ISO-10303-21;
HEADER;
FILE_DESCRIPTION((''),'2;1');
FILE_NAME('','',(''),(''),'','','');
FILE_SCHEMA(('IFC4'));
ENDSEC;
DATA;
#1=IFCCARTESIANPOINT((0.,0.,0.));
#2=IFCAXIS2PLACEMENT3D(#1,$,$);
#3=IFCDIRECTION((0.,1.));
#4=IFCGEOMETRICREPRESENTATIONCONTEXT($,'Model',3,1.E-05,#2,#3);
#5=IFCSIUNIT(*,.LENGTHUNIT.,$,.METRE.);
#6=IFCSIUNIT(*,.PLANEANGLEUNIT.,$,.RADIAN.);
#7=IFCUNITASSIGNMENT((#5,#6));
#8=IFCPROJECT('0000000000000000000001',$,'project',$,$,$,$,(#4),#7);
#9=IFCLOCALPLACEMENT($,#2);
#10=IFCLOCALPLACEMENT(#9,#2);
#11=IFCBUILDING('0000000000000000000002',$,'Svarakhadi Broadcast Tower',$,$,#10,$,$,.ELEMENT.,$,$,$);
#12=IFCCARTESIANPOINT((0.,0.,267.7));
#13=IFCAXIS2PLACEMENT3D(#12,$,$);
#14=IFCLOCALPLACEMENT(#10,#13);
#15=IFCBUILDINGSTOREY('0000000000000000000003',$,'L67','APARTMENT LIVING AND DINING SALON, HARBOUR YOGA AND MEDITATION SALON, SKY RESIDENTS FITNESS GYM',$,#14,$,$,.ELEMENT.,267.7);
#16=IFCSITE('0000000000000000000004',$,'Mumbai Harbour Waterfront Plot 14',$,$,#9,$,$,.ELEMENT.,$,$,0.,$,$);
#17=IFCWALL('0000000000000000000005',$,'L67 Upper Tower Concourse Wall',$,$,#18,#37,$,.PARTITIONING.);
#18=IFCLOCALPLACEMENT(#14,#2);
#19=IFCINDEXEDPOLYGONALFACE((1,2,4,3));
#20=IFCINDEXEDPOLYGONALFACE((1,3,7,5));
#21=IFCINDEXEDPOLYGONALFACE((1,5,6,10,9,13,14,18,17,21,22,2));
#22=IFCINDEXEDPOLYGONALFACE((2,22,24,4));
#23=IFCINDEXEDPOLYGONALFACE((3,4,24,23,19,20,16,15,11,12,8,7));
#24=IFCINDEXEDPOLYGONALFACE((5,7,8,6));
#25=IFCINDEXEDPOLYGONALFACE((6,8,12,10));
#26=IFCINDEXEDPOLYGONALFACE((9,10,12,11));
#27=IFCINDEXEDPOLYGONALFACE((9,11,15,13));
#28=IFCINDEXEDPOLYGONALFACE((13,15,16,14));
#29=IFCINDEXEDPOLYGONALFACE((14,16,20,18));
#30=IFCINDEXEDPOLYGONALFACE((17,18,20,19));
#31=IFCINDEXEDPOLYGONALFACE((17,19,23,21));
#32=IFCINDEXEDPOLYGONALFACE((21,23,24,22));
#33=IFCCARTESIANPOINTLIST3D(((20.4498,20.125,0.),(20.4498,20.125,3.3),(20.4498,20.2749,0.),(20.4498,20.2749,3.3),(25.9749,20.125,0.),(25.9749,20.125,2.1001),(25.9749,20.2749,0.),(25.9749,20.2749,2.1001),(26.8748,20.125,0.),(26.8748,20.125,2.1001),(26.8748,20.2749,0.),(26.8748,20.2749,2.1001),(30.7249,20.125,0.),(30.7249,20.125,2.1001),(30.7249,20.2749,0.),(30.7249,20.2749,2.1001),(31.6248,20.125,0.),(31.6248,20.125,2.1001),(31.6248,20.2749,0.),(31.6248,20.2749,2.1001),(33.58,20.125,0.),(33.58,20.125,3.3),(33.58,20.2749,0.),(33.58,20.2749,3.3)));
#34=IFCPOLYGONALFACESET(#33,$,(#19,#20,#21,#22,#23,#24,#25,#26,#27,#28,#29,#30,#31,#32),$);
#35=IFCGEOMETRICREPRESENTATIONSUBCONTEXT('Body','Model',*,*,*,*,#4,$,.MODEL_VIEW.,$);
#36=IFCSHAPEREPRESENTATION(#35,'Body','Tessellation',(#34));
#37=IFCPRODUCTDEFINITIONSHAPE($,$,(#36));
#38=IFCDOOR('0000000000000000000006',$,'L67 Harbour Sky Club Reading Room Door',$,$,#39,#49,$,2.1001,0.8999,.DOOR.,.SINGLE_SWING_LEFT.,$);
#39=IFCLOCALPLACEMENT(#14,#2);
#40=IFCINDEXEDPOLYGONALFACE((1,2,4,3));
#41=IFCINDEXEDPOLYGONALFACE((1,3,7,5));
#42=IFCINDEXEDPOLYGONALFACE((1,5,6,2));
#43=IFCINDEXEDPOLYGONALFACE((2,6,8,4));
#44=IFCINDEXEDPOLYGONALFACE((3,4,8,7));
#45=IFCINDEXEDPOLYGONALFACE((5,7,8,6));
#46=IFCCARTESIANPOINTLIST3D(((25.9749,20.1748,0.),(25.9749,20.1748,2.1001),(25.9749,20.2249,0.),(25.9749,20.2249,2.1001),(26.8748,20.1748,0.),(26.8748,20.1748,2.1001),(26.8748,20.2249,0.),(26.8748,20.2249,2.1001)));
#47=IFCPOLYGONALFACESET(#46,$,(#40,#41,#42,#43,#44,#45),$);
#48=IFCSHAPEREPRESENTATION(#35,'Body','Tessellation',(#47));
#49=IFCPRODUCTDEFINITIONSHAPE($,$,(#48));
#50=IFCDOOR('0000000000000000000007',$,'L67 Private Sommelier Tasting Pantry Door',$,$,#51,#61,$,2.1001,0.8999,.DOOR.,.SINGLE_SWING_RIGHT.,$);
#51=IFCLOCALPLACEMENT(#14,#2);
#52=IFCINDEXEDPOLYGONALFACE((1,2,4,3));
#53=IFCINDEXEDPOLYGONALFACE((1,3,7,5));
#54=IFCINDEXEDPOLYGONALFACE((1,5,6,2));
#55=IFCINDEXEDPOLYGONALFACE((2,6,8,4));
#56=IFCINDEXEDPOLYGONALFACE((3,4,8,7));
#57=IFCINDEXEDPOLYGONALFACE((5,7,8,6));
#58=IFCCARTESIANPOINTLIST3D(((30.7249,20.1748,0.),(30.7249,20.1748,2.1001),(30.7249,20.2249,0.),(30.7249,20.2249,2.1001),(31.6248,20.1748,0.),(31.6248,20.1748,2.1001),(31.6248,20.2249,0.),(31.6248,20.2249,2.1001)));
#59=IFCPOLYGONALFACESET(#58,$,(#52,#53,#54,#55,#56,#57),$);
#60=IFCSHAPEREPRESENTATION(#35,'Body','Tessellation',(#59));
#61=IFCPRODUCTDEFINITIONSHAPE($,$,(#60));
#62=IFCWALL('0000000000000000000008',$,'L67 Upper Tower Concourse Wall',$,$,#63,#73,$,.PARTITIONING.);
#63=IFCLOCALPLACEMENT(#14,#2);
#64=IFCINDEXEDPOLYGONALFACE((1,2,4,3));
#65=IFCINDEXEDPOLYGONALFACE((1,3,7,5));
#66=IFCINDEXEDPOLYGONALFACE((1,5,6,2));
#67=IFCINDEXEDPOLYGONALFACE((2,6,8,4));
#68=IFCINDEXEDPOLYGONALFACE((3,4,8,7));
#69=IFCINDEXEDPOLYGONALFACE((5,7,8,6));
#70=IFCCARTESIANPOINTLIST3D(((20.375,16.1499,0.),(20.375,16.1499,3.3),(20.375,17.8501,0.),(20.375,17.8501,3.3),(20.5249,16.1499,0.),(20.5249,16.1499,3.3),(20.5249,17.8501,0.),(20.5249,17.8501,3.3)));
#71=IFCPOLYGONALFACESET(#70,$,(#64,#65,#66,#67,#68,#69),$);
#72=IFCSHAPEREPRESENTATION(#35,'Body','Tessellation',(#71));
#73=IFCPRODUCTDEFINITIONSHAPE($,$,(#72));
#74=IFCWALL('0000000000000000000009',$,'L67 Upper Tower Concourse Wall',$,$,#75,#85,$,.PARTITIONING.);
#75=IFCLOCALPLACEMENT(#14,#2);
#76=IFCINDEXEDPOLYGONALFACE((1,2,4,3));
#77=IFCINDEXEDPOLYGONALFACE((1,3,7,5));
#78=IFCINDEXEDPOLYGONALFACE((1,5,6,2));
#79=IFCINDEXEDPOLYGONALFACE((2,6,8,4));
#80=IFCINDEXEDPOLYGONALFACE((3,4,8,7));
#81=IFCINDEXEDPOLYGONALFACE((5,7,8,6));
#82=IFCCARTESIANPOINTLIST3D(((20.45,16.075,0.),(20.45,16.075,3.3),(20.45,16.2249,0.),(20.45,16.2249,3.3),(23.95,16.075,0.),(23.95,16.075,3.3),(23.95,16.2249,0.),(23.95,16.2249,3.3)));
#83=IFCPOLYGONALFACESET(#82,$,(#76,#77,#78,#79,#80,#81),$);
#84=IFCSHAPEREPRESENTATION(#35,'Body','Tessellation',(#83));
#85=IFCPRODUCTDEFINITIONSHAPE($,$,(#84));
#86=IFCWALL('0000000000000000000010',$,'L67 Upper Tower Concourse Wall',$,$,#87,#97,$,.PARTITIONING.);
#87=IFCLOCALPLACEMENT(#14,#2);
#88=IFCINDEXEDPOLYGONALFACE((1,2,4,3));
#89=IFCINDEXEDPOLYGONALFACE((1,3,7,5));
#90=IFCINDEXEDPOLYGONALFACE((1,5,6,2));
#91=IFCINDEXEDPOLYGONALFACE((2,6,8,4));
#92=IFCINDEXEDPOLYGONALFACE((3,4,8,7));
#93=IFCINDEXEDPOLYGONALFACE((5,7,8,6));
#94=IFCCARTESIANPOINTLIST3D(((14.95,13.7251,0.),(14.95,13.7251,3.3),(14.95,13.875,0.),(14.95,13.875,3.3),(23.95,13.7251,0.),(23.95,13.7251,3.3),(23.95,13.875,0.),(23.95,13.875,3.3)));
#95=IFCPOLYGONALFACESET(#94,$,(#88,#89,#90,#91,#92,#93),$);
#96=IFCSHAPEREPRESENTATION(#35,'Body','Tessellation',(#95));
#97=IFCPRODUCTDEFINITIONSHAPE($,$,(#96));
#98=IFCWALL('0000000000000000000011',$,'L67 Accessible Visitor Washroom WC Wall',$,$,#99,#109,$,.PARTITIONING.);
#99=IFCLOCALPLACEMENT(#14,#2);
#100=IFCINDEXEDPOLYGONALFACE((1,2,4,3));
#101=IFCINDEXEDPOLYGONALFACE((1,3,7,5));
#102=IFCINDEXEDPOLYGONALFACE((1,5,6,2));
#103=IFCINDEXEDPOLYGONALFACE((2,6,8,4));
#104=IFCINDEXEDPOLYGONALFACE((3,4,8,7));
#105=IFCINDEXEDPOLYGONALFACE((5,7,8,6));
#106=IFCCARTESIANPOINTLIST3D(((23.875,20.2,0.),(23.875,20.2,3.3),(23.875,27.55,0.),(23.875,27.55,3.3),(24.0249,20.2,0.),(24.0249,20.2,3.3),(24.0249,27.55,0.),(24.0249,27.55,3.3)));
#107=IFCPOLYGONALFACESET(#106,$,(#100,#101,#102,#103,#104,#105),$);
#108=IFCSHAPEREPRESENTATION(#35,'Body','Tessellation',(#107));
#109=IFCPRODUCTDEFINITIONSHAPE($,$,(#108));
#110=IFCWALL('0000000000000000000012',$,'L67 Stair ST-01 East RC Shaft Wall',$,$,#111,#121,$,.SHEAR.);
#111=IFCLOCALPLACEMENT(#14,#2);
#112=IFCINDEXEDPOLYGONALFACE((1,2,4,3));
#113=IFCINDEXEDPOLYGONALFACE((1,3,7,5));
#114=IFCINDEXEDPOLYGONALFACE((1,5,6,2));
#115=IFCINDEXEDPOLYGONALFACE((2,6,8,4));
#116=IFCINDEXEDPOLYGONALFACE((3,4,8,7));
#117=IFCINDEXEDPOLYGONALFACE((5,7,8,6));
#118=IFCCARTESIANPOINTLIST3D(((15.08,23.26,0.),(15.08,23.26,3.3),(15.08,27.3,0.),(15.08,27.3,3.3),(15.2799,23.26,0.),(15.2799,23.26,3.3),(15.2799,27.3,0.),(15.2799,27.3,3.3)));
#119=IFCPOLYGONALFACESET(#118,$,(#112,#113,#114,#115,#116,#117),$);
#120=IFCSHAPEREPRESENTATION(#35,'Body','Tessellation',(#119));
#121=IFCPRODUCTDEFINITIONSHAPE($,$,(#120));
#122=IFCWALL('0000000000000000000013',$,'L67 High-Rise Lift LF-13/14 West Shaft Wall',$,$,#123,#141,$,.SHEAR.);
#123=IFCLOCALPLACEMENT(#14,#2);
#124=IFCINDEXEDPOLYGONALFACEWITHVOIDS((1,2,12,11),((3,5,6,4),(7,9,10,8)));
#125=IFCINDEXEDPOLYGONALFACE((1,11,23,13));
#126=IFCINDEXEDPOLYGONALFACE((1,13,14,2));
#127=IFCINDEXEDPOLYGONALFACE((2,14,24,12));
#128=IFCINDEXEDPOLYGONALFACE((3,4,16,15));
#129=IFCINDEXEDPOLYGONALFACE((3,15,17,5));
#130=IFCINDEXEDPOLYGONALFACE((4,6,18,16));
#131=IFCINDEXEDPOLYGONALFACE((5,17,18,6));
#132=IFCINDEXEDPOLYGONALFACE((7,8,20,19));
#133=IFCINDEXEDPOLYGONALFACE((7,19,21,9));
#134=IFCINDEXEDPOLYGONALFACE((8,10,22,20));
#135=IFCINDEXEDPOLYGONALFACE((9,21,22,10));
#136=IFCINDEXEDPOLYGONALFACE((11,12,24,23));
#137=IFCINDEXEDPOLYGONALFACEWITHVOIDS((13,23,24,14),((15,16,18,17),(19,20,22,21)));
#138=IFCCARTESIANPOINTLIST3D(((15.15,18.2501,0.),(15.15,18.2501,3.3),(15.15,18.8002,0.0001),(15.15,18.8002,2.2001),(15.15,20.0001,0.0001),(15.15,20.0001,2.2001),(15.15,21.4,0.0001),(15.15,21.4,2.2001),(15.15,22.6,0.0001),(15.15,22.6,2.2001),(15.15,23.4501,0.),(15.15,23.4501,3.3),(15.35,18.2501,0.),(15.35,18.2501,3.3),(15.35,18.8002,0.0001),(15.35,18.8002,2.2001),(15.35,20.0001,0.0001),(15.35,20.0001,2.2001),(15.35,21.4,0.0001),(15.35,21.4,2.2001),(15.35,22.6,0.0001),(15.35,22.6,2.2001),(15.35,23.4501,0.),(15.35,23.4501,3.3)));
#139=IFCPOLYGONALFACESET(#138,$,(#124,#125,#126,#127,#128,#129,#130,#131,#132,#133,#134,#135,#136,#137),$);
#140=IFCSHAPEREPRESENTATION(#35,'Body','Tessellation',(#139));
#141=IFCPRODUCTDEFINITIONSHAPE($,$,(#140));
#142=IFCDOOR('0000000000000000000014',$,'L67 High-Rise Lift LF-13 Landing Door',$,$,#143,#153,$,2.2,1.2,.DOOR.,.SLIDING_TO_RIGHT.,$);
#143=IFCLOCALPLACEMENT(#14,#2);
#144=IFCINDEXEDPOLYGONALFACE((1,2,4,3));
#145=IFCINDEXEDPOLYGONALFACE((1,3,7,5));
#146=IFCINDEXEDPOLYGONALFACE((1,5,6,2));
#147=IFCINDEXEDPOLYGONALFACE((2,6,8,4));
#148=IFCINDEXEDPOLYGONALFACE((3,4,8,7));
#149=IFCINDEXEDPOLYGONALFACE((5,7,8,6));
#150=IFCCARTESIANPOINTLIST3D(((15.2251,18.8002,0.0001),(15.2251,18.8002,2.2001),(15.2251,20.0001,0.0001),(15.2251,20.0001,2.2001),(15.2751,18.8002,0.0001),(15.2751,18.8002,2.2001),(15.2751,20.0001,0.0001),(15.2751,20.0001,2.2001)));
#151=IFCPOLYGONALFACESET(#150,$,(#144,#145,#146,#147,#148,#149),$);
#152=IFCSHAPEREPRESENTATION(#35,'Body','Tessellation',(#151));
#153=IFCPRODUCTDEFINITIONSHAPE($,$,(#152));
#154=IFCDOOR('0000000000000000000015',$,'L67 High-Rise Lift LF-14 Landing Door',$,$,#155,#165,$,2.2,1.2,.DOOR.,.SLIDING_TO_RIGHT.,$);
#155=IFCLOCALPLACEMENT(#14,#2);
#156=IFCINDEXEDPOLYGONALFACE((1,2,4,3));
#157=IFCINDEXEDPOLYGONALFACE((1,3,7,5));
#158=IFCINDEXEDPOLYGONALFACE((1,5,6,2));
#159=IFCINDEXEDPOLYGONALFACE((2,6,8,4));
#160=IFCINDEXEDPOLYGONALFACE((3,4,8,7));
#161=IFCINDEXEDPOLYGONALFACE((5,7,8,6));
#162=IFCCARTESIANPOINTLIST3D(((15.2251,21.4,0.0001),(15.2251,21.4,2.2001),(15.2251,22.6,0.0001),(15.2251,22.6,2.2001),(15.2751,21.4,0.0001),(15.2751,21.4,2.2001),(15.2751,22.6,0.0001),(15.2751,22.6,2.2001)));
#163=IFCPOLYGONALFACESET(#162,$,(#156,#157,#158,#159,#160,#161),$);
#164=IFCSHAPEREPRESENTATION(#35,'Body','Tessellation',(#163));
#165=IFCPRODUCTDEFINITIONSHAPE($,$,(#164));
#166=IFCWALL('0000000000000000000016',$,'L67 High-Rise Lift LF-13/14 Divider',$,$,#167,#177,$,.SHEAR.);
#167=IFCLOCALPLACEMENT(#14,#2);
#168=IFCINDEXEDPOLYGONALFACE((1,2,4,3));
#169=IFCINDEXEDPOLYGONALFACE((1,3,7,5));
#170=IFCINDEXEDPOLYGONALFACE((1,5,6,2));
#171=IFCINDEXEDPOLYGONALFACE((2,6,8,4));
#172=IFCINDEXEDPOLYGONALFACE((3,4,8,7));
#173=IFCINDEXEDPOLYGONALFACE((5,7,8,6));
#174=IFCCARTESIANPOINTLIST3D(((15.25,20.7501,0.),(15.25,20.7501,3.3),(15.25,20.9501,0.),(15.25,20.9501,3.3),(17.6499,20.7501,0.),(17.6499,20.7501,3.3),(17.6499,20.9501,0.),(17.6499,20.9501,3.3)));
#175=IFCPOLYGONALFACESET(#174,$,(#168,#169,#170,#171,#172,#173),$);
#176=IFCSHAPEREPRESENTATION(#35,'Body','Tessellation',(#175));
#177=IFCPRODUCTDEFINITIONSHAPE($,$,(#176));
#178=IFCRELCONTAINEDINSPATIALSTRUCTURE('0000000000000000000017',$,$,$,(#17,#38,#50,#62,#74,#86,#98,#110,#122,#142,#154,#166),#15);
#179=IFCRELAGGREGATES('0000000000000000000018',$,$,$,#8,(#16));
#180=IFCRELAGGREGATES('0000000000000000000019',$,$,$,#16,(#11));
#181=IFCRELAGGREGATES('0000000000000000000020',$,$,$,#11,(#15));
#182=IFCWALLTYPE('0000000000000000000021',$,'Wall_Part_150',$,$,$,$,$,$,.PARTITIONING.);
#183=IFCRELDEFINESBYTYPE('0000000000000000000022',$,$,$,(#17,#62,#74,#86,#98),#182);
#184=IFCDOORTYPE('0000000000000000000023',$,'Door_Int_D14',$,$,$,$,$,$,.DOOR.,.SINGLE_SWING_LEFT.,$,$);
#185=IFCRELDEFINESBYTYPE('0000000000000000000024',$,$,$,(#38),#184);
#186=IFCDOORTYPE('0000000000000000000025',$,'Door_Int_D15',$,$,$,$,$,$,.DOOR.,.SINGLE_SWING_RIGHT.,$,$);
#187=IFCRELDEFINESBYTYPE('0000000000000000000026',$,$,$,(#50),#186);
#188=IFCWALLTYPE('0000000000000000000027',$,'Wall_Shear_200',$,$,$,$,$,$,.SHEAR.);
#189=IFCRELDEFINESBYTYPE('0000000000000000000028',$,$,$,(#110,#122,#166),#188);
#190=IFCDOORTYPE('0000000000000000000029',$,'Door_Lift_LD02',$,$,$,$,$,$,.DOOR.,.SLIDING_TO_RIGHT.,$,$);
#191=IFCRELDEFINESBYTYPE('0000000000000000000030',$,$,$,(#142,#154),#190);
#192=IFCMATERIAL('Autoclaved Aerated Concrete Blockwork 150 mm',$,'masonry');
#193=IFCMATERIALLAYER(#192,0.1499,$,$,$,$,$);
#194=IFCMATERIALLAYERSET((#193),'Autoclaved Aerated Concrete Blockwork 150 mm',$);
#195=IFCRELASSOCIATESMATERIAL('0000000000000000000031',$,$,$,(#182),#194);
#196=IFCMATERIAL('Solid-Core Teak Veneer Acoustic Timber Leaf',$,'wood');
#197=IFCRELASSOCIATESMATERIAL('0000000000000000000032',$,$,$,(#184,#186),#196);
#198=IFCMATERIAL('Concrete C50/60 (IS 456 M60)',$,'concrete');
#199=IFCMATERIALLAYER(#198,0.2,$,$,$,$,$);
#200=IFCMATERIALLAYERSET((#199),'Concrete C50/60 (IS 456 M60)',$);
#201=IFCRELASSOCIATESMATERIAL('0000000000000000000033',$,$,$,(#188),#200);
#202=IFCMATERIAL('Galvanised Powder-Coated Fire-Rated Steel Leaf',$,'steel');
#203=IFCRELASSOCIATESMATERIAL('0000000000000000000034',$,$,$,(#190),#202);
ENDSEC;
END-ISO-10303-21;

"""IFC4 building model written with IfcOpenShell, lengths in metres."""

from ifc_helpers import new_model, si_unit, direction, frame, frame_2d, origin, place, context, subcontext, project, spatial, rectangle, extrude, material, layer, layer_set, type_object, element, fill, save


model = new_model("IFC4")

# Units and contexts
model_context = context("Model", 3, precision=1e-05, world=origin(), true_north=direction((0.0, 1.0)))
body_context = subcontext(model_context, "Body", "Model", "MODEL_VIEW")
ifc_project = project(units=[si_unit("LENGTHUNIT", "METRE"), si_unit("PLANEANGLEUNIT", "RADIAN")], contexts=[model_context])

# Site, building, storey
site_placement = place(None, origin())
site = spatial("IfcSite", under=ifc_project, at=site_placement, Name="Mumbai Harbour Waterfront Plot 14", CompositionType="ELEMENT", RefElevation=0.0)
building_placement = place(site_placement, origin())
building = spatial("IfcBuilding", under=site, at=building_placement, Name="Svarakhadi Broadcast Tower", CompositionType="ELEMENT")
storey_placement = place(building_placement, frame((0.0, 0.0, 267.7)))
storey = spatial("IfcBuildingStorey", under=building, at=storey_placement, Name="L67", Description="APARTMENT LIVING AND DINING SALON, HARBOUR YOGA AND MEDITATION SALON, SKY RESIDENTS FITNESS GYM", CompositionType="ELEMENT", Elevation=267.7)

# Shared definitions
ifc_material_1 = material(Name="Concrete C50/60 (IS 456 M60)", Category="concrete")

# Shared definitions
ifc_material_2 = material(Name="Autoclaved Aerated Concrete Blockwork 150 mm", Category="masonry")
ifc_layer_1 = layer(ifc_material_2, 0.1499)
ifc_layer_set_1 = layer_set([ifc_layer_1], Name="Autoclaved Aerated Concrete Blockwork 150 mm")
wall_type_1 = type_object("IfcWallType", Name="Wall_Part_150", PredefinedType="PARTITIONING", material=ifc_layer_set_1)
ifc_material_3 = material(Name="Galvanised Powder-Coated Fire-Rated Steel Leaf", Category="steel")

# Wall, openings, doors
wall_1_placement = place(storey_placement, frame((20.45, 20.2, 0.0), z_axis=(0.0, 0.0, 1.0), x_axis=(1.0, 0.0, 0.0)))
wall_1 = element("IfcWall", 1, at=wall_1_placement, inside=storey, type_object=wall_type_1, Name="L67 Upper Tower Concourse Wall", PredefinedType="PARTITIONING", context=body_context, shape_type="SweptSolid", body=[
    extrude(rectangle(XDim=13.1301, YDim=0.1499, at=frame_2d((6.5649, 0.0))), origin(), (0.0, 0.0, 1.0), 3.3),
])
opening_1_placement = place(wall_1_placement, frame((5.5249, 0.0, 0.0)))
opening_1 = element("IfcOpeningElement", 2, at=opening_1_placement, cuts=wall_1, PredefinedType="OPENING", context=body_context, shape_type="SweptSolid", body=[
    extrude(rectangle(XDim=0.8999, YDim=2.1001, at=frame_2d((0.45, 1.05))), frame((0.0, 0.085, 0.0), z_axis=(0.0, -1.0, 0.0), x_axis=(1.0, 0.0, 0.0)), (0.0, 0.0, 1.0), 0.1699),
])
opening_2_placement = place(wall_1_placement, frame((10.2749, 0.0, 0.0)))
opening_2 = element("IfcOpeningElement", 3, at=opening_2_placement, cuts=wall_1, PredefinedType="OPENING", context=body_context, shape_type="SweptSolid", body=[
    extrude(rectangle(XDim=0.8999, YDim=2.1001, at=frame_2d((0.45, 1.05))), frame((0.0, 0.085, 0.0), z_axis=(0.0, -1.0, 0.0), x_axis=(1.0, 0.0, 0.0)), (0.0, 0.0, 1.0), 0.1699),
])
ifc_material_4 = material(Name="Solid-Core Teak Veneer Acoustic Timber Leaf", Category="wood")
door_type_1 = type_object("IfcDoorType", Name="Door_Int_D14", OperationType="SINGLE_SWING_LEFT", PredefinedType="DOOR", material=ifc_material_4)
door_1_placement = place(opening_1_placement, origin())
door_1 = element("IfcDoor", 4, at=door_1_placement, inside=storey, type_object=door_type_1, Name="L67 Harbour Sky Club Reading Room Door", OperationType="SINGLE_SWING_LEFT", OverallHeight=2.1001, OverallWidth=0.8999, PredefinedType="DOOR", context=body_context, shape_type="SweptSolid", body=[
    extrude(rectangle(XDim=0.8999, YDim=2.1001, at=frame_2d((0.45, 1.05))), frame((0.0, 0.0249, 0.0), z_axis=(0.0, -1.0, 0.0), x_axis=(1.0, 0.0, 0.0)), (0.0, 0.0, 1.0), 0.05),
])
fill(opening_1, door_1)
door_type_2 = type_object("IfcDoorType", Name="Door_Int_D15", OperationType="SINGLE_SWING_RIGHT", PredefinedType="DOOR", material=ifc_material_4)
door_2_placement = place(opening_2_placement, origin())
door_2 = element("IfcDoor", 5, at=door_2_placement, inside=storey, type_object=door_type_2, Name="L67 Private Sommelier Tasting Pantry Door", OperationType="SINGLE_SWING_RIGHT", OverallHeight=2.1001, OverallWidth=0.8999, PredefinedType="DOOR", context=body_context, shape_type="SweptSolid", body=[
    extrude(rectangle(XDim=0.8999, YDim=2.1001, at=frame_2d((0.45, 1.05))), frame((0.0, 0.0249, 0.0), z_axis=(0.0, -1.0, 0.0), x_axis=(1.0, 0.0, 0.0)), (0.0, 0.0, 1.0), 0.05),
])
fill(opening_2, door_2)

# Walls
wall_2_placement = place(storey_placement, frame((20.45, 17.8501, 0.0), z_axis=(0.0, 0.0, 1.0), x_axis=(0.0, -1.0, 0.0)))
element("IfcWall", 6, at=wall_2_placement, inside=storey, type_object=wall_type_1, Name="L67 Upper Tower Concourse Wall", PredefinedType="PARTITIONING", context=body_context, shape_type="SweptSolid", body=[
    extrude(rectangle(XDim=1.7002, YDim=0.1499, at=frame_2d((0.8501, 0.0))), origin(), (0.0, 0.0, 1.0), 3.3),
])
wall_3_placement = place(storey_placement, frame((20.45, 16.1499, 0.0), z_axis=(0.0, 0.0, 1.0), x_axis=(1.0, 0.0, 0.0)))
element("IfcWall", 7, at=wall_3_placement, inside=storey, type_object=wall_type_1, Name="L67 Upper Tower Concourse Wall", PredefinedType="PARTITIONING", context=body_context, shape_type="SweptSolid", body=[
    extrude(rectangle(XDim=3.5, YDim=0.1499, at=frame_2d((1.75, 0.0))), origin(), (0.0, 0.0, 1.0), 3.3),
])
wall_4_placement = place(storey_placement, frame((23.95, 13.8, 0.0), z_axis=(0.0, 0.0, 1.0), x_axis=(-1.0, 0.0, 0.0)))
element("IfcWall", 8, at=wall_4_placement, inside=storey, type_object=wall_type_1, Name="L67 Upper Tower Concourse Wall", PredefinedType="PARTITIONING", context=body_context, shape_type="SweptSolid", body=[
    extrude(rectangle(XDim=9.0, YDim=0.1499, at=frame_2d((4.5, 0.0))), origin(), (0.0, 0.0, 1.0), 3.3),
])
wall_5_placement = place(storey_placement, frame((23.95, 20.2, 0.0), z_axis=(0.0, 0.0, 1.0), x_axis=(0.0, 1.0, 0.0)))
element("IfcWall", 9, at=wall_5_placement, inside=storey, type_object=wall_type_1, Name="L67 Accessible Visitor Washroom WC Wall", PredefinedType="PARTITIONING", context=body_context, shape_type="SweptSolid", body=[
    extrude(rectangle(XDim=7.3501, YDim=0.1499, at=frame_2d((3.675, 0.0))), origin(), (0.0, 0.0, 1.0), 3.3),
])
ifc_layer_2 = layer(ifc_material_1, 0.2)
ifc_layer_set_2 = layer_set([ifc_layer_2], Name="Concrete C50/60 (IS 456 M60)")
wall_type_2 = type_object("IfcWallType", Name="Wall_Shear_200", PredefinedType="SHEAR", material=ifc_layer_set_2)
wall_6_placement = place(storey_placement, frame((15.1799, 23.26, 0.0), z_axis=(0.0, 0.0, 1.0), x_axis=(0.0, 1.0, 0.0)))
element("IfcWall", 10, at=wall_6_placement, inside=storey, type_object=wall_type_2, Name="L67 Stair ST-01 East RC Shaft Wall", PredefinedType="SHEAR", context=body_context, shape_type="SweptSolid", body=[
    extrude(rectangle(XDim=4.04, YDim=0.2, at=frame_2d((2.02, 0.0))), origin(), (0.0, 0.0, 1.0), 3.3),
])

# Wall, openings, doors
wall_7_placement = place(storey_placement, frame((15.25, 18.25, 0.0), z_axis=(0.0, 0.0, 1.0), x_axis=(0.0, 1.0, 0.0)))
wall_7 = element("IfcWall", 11, at=wall_7_placement, inside=storey, type_object=wall_type_2, Name="L67 High-Rise Lift LF-13/14 West Shaft Wall", PredefinedType="SHEAR", context=body_context, shape_type="SweptSolid", body=[
    extrude(rectangle(XDim=5.2, YDim=0.2, at=frame_2d((2.6001, 0.0))), origin(), (0.0, 0.0, 1.0), 3.3),
])
opening_3_placement = place(wall_7_placement, frame((0.55, 0.0, 0.0)))
opening_3 = element("IfcOpeningElement", 12, at=opening_3_placement, cuts=wall_7, PredefinedType="OPENING", context=body_context, shape_type="SweptSolid", body=[
    extrude(rectangle(XDim=1.2, YDim=2.2, at=frame_2d((0.6001, 1.1001))), frame((0.0, 0.1099, 0.0), z_axis=(0.0, -1.0, 0.0), x_axis=(1.0, 0.0, 0.0)), (0.0, 0.0, 1.0), 0.22),
])
opening_4_placement = place(wall_7_placement, frame((3.1499, 0.0, 0.0)))
opening_4 = element("IfcOpeningElement", 13, at=opening_4_placement, cuts=wall_7, PredefinedType="OPENING", context=body_context, shape_type="SweptSolid", body=[
    extrude(rectangle(XDim=1.2, YDim=2.2, at=frame_2d((0.6001, 1.1001))), frame((0.0, 0.1099, 0.0), z_axis=(0.0, -1.0, 0.0), x_axis=(1.0, 0.0, 0.0)), (0.0, 0.0, 1.0), 0.22),
])
door_type_3 = type_object("IfcDoorType", Name="Door_Lift_LD02", OperationType="SLIDING_TO_RIGHT", PredefinedType="DOOR", material=ifc_material_3)
door_3_placement = place(opening_3_placement, origin())
door_3 = element("IfcDoor", 14, at=door_3_placement, inside=storey, type_object=door_type_3, Name="L67 High-Rise Lift LF-13 Landing Door", OperationType="SLIDING_TO_RIGHT", OverallHeight=2.2, OverallWidth=1.2, PredefinedType="DOOR", context=body_context, shape_type="SweptSolid", body=[
    extrude(rectangle(XDim=1.2, YDim=2.2, at=frame_2d((0.6001, 1.1001))), frame((0.0, 0.0249, 0.0), z_axis=(0.0, -1.0, 0.0), x_axis=(1.0, 0.0, 0.0)), (0.0, 0.0, 1.0), 0.05),
])
fill(opening_3, door_3)
door_4_placement = place(opening_4_placement, origin())
door_4 = element("IfcDoor", 15, at=door_4_placement, inside=storey, type_object=door_type_3, Name="L67 High-Rise Lift LF-14 Landing Door", OperationType="SLIDING_TO_RIGHT", OverallHeight=2.2, OverallWidth=1.2, PredefinedType="DOOR", context=body_context, shape_type="SweptSolid", body=[
    extrude(rectangle(XDim=1.2, YDim=2.2, at=frame_2d((0.6001, 1.1001))), frame((0.0, 0.0249, 0.0), z_axis=(0.0, -1.0, 0.0), x_axis=(1.0, 0.0, 0.0)), (0.0, 0.0, 1.0), 0.05),
])
fill(opening_4, door_4)

# Wall
wall_8_placement = place(storey_placement, frame((15.25, 20.8501, 0.0), z_axis=(0.0, 0.0, 1.0), x_axis=(1.0, 0.0, 0.0)))
element("IfcWall", 16, at=wall_8_placement, inside=storey, type_object=wall_type_2, Name="L67 High-Rise Lift LF-13/14 Divider", PredefinedType="SHEAR", context=body_context, shape_type="SweptSolid", body=[
    extrude(rectangle(XDim=2.3999, YDim=0.2, at=frame_2d((1.2, 0.0))), origin(), (0.0, 0.0, 1.0), 3.3),
])

save(model, "model.ifc")
